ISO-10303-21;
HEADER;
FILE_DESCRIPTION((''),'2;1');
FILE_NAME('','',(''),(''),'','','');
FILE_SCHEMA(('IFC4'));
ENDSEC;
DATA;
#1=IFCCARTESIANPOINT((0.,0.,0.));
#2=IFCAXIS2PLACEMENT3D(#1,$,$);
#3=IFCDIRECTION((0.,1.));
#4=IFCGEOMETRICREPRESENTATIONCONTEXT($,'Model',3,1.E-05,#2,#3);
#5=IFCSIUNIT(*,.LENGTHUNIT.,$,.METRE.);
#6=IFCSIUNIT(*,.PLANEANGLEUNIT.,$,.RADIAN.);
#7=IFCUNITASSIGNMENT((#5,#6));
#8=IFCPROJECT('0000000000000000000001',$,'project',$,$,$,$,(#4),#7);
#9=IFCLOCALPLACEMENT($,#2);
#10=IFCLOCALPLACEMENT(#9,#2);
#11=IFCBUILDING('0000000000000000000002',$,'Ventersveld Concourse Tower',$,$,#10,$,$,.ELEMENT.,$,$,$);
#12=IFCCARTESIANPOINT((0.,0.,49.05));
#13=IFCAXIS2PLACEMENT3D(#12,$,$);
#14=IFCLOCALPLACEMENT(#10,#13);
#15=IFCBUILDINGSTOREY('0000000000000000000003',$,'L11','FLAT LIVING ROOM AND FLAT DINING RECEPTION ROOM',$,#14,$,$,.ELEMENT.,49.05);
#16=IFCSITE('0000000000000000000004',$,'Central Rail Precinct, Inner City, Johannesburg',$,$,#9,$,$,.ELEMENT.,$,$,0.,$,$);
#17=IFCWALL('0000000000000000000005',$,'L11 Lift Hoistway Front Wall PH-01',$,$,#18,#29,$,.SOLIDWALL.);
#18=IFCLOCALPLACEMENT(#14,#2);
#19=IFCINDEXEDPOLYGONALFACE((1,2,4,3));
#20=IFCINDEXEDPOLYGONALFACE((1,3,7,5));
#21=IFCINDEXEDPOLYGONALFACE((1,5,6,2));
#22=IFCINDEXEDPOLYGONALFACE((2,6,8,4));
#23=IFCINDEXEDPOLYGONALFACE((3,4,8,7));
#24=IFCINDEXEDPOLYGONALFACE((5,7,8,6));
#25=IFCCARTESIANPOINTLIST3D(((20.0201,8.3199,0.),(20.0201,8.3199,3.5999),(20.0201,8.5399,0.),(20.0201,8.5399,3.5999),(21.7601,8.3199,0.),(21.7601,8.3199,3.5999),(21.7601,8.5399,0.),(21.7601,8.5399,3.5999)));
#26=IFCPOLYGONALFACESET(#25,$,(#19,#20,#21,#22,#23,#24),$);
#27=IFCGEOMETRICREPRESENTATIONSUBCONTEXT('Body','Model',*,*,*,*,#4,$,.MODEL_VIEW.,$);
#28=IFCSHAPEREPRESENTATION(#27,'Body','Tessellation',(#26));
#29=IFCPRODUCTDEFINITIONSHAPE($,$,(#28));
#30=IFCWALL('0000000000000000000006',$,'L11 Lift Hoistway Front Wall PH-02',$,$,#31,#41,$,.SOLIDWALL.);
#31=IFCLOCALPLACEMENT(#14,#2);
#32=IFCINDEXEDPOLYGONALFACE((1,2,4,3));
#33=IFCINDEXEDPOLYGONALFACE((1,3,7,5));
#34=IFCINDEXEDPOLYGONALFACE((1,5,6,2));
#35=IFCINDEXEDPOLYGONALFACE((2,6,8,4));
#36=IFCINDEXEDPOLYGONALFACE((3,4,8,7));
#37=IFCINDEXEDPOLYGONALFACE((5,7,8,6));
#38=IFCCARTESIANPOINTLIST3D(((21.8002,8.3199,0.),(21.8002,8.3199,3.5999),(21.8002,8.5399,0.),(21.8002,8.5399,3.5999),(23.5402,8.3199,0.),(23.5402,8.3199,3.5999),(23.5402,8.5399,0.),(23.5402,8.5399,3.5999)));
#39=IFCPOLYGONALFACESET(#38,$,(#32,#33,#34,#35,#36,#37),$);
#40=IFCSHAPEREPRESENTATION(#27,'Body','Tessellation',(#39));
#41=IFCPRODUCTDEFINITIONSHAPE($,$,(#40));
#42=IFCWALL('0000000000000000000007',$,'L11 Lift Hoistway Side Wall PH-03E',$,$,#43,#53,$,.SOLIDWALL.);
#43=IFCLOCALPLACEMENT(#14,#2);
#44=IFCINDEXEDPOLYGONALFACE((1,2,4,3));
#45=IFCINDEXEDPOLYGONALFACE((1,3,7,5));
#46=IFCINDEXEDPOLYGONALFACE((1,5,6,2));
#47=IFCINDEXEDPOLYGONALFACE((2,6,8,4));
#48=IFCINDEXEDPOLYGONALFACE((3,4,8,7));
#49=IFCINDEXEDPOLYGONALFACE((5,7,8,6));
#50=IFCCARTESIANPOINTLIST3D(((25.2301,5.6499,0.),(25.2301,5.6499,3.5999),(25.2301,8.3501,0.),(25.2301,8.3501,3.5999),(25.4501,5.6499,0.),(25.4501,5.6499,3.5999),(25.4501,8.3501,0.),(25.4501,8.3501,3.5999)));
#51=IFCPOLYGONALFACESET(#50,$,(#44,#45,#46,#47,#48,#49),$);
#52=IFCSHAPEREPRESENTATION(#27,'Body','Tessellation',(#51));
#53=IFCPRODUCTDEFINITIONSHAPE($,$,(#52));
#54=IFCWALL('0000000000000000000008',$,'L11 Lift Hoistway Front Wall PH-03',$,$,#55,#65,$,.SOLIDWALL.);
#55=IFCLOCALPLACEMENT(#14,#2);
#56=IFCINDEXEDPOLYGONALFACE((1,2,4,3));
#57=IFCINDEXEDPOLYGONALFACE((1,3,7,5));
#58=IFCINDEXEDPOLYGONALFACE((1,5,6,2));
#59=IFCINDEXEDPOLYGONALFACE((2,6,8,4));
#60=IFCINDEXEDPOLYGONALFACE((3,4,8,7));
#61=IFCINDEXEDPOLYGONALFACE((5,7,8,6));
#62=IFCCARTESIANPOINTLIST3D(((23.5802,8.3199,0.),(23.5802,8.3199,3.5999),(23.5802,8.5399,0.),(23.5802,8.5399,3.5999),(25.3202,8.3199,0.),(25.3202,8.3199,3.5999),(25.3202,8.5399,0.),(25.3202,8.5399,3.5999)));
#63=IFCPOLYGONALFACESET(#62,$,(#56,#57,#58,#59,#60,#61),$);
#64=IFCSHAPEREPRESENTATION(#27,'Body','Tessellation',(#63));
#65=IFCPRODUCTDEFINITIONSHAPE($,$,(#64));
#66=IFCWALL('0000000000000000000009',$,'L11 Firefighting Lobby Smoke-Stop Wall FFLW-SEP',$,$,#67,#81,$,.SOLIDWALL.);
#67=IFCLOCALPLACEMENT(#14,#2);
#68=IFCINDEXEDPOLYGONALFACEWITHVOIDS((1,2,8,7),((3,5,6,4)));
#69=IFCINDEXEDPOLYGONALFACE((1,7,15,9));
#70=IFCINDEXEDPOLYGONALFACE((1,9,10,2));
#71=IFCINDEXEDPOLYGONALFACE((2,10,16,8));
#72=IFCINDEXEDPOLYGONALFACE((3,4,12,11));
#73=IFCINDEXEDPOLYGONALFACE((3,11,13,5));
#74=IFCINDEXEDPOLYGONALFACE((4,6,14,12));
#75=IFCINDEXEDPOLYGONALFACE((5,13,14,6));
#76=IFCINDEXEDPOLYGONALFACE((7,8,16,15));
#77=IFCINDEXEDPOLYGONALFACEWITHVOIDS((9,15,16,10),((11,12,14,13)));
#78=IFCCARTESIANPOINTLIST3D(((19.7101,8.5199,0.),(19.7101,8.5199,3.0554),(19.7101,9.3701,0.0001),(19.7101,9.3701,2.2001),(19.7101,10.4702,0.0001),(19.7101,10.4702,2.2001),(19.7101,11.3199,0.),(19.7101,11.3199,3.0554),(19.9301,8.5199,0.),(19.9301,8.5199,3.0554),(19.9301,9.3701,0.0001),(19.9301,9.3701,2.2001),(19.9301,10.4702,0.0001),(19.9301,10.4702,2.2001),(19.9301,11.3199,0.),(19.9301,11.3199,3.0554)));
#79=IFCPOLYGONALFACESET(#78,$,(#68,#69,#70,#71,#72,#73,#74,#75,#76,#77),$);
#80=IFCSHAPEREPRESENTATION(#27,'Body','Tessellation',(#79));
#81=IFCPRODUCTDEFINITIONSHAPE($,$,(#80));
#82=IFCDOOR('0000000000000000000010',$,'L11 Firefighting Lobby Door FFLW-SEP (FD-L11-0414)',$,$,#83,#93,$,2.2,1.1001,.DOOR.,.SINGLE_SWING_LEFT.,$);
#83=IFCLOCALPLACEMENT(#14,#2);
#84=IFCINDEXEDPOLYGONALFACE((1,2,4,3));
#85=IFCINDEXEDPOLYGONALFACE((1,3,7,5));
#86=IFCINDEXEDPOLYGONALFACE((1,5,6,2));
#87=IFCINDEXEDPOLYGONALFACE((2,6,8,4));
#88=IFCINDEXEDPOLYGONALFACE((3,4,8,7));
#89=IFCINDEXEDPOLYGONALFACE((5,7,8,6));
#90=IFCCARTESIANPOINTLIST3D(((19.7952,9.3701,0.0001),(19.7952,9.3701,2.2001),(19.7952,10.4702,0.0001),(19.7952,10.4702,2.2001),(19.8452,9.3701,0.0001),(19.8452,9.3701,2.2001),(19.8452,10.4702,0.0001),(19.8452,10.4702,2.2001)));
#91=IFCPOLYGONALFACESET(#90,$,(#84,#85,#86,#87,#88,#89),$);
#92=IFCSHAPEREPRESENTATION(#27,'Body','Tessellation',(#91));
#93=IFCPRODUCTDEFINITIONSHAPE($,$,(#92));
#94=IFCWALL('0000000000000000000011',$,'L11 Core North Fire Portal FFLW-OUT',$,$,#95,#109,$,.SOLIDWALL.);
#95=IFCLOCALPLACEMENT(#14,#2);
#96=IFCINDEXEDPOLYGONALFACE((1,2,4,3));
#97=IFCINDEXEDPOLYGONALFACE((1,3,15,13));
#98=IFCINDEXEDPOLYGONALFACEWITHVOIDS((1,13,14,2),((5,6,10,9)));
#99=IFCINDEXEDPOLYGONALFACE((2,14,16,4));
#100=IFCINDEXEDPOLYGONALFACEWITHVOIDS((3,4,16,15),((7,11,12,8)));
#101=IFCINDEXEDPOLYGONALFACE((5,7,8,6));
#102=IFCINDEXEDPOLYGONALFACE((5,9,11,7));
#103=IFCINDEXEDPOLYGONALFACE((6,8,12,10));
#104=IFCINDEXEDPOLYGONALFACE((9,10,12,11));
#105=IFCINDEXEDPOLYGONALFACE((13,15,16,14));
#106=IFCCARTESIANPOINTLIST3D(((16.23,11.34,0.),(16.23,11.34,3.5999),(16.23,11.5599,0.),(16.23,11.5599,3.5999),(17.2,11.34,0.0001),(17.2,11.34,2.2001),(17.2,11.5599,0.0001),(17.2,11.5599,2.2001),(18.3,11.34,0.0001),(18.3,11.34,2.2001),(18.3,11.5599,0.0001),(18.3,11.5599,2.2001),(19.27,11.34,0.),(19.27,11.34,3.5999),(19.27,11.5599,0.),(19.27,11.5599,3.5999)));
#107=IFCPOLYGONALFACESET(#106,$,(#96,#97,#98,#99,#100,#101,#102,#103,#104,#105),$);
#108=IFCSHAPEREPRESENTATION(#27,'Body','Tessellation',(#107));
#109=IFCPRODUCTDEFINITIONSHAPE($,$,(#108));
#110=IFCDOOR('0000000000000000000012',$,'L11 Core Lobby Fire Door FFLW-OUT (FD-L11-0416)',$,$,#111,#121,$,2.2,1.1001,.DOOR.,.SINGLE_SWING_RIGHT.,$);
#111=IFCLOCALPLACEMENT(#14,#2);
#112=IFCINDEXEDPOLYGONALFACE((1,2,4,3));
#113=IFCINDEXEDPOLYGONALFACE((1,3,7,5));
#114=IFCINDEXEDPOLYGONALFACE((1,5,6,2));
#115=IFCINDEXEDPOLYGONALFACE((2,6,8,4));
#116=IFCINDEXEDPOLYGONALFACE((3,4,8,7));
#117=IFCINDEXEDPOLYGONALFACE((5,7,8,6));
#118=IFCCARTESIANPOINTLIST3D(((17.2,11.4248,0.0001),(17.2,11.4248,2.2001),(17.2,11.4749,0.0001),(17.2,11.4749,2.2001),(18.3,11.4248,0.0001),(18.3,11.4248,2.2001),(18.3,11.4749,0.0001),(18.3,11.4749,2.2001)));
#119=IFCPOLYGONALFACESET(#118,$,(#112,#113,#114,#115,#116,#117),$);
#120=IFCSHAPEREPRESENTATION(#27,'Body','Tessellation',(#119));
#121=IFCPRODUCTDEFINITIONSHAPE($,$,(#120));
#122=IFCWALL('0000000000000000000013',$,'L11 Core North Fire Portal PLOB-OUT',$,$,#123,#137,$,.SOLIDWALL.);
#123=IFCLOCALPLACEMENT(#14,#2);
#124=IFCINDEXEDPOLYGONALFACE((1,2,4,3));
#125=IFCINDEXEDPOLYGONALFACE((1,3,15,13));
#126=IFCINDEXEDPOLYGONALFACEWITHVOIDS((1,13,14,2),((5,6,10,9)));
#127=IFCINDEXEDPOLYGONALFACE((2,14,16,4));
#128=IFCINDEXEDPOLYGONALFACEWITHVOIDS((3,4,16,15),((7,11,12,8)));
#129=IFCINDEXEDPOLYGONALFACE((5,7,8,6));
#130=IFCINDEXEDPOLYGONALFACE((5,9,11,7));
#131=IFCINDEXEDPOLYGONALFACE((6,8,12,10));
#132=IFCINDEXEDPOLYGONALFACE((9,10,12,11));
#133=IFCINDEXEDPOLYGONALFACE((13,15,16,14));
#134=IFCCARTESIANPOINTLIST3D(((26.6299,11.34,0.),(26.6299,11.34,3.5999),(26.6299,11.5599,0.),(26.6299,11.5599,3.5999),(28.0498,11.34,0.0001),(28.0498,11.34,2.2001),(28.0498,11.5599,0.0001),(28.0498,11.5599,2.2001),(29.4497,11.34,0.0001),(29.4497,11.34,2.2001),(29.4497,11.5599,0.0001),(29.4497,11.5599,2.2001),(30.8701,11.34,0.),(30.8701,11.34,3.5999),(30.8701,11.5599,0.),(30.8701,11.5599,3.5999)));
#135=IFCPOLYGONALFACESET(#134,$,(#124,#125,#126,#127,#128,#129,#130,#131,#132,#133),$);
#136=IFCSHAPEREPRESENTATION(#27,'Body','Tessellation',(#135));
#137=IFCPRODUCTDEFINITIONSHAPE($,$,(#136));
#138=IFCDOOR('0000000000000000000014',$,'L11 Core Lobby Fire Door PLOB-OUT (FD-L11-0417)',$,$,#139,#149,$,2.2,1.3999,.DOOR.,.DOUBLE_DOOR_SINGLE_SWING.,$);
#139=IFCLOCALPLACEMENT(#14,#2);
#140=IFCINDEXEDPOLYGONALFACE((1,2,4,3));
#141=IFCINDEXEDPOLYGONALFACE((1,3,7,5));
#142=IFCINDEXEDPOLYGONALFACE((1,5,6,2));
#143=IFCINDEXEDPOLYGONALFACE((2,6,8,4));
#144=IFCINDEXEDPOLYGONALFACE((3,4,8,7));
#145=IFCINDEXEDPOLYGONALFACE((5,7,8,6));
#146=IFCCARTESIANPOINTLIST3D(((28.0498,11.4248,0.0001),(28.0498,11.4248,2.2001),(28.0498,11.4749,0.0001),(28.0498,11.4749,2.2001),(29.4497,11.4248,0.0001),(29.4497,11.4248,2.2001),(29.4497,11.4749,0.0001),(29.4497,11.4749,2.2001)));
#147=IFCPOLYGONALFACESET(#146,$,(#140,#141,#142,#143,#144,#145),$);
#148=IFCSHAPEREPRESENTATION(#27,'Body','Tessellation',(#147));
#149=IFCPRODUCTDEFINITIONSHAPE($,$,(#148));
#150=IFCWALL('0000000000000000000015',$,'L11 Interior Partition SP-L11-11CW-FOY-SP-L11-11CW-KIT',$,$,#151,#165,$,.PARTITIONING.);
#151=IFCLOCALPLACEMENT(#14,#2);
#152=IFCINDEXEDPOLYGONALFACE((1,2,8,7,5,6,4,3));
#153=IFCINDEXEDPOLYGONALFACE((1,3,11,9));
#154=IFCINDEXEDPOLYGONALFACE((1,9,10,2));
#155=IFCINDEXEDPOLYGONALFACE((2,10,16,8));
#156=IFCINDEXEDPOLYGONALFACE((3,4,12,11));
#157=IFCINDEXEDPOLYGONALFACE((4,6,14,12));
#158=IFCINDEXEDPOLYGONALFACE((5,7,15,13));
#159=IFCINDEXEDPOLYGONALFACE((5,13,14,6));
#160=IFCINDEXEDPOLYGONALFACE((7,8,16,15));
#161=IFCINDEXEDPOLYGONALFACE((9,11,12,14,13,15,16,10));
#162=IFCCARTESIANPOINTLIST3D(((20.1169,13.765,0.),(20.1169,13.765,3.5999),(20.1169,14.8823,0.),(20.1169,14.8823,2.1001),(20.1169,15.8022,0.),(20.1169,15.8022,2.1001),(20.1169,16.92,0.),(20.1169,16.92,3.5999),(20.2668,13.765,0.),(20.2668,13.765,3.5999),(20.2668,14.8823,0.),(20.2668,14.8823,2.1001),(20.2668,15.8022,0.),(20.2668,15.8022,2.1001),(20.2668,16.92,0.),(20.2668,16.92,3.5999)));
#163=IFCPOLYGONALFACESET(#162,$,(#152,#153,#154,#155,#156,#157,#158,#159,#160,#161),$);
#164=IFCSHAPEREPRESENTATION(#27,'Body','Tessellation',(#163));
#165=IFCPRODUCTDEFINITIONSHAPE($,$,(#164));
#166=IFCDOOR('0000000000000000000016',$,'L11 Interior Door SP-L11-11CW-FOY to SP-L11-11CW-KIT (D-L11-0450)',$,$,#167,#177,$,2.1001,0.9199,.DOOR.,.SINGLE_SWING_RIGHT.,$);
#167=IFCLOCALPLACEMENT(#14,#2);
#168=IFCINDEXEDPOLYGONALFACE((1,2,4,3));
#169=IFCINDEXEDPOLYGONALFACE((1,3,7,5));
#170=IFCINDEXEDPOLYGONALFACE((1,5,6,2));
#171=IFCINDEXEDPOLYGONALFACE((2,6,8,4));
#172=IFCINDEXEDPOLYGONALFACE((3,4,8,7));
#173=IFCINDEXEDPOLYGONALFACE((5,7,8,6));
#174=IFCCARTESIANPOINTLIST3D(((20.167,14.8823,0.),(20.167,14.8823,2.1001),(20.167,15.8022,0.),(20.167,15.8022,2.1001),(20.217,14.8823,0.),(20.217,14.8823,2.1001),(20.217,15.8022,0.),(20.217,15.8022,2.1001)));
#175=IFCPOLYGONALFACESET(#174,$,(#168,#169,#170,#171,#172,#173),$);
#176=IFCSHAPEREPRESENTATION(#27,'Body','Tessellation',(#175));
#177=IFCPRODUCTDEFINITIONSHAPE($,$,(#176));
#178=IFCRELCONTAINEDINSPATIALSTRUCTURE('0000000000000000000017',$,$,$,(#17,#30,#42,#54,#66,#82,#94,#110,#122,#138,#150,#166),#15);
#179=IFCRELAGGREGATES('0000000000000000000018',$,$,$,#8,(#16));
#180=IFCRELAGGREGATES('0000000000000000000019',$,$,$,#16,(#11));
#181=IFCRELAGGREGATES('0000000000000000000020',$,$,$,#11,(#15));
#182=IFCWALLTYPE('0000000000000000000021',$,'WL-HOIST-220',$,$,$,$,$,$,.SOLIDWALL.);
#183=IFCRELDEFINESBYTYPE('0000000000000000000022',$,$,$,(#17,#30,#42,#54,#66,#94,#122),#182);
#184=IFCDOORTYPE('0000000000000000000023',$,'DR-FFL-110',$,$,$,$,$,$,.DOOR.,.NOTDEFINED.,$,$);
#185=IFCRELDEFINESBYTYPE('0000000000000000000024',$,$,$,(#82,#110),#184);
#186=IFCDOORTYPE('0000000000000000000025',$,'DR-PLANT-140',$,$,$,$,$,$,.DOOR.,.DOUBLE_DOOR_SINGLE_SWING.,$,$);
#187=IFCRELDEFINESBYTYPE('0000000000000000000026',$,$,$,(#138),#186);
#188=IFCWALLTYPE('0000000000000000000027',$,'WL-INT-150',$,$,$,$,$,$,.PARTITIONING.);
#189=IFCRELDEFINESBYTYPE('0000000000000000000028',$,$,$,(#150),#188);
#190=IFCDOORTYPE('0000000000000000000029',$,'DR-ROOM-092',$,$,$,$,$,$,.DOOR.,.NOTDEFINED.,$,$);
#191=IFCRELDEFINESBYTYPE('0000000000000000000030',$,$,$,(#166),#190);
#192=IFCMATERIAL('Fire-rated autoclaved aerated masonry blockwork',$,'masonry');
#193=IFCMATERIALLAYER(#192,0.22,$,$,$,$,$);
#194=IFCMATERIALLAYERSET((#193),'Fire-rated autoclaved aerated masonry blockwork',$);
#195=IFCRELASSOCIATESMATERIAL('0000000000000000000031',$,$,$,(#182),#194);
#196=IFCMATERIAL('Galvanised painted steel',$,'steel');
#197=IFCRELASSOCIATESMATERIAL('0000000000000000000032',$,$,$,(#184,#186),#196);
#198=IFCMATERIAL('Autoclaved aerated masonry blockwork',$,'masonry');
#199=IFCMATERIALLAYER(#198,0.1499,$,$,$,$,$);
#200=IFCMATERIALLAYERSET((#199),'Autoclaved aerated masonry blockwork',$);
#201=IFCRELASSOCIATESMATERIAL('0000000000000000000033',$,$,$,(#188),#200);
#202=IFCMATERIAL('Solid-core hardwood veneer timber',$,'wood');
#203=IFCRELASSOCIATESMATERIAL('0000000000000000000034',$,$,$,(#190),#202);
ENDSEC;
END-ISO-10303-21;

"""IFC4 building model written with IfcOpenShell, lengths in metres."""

from ifc_helpers import new_model, si_unit, direction, frame, frame_2d, origin, place, context, subcontext, project, spatial, rectangle, extrude, material, layer, layer_set, type_object, element, fill, save


model = new_model("IFC4")

# Units and contexts
model_context = context("Model", 3, precision=1e-05, world=origin(), true_north=direction((0.0, 1.0)))
body_context = subcontext(model_context, "Body", "Model", "MODEL_VIEW")
ifc_project = project(units=[si_unit("LENGTHUNIT", "METRE"), si_unit("PLANEANGLEUNIT", "RADIAN")], contexts=[model_context])

# Site, building, storey
site_placement = place(None, origin())
site = spatial("IfcSite", under=ifc_project, at=site_placement, Name="Central Rail Precinct, Inner City, Johannesburg", CompositionType="ELEMENT", RefElevation=0.0)
building_placement = place(site_placement, origin())
building = spatial("IfcBuilding", under=site, at=building_placement, Name="Ventersveld Concourse Tower", CompositionType="ELEMENT")
storey_placement = place(building_placement, frame((0.0, 0.0, 49.05)))
storey = spatial("IfcBuildingStorey", under=building, at=storey_placement, Name="L11", Description="FLAT LIVING ROOM AND FLAT DINING RECEPTION ROOM", CompositionType="ELEMENT", Elevation=49.05)

# Shared definitions
ifc_material_1 = material(Name="Fire-rated autoclaved aerated masonry blockwork", Category="masonry")

# Shared definitions
ifc_material_2 = material(Name="Solid-core hardwood veneer timber", Category="wood")

# Shared definitions
ifc_layer_1 = layer(ifc_material_1, 0.22)
ifc_layer_set_1 = layer_set([ifc_layer_1], Name="Fire-rated autoclaved aerated masonry blockwork")
wall_type_1 = type_object("IfcWallType", Name="WL-HOIST-220", PredefinedType="SOLIDWALL", material=ifc_layer_set_1)

# Walls
for number, where, z_axis, x_axis, name in (
    (1, (20.02, 8.4299, 0.0), (0.0, 0.0, 1.0), (1.0, 0.0, 0.0), "L11 Lift Hoistway Front Wall PH-01"),
    (2, (21.8, 8.4299, 0.0), (0.0, 0.0, 1.0), (1.0, 0.0, 0.0), "L11 Lift Hoistway Front Wall PH-02"),
):
    element("IfcWall", number, at=place(storey_placement, frame(where, z_axis=z_axis, x_axis=x_axis)), inside=storey, type_object=wall_type_1, Name=name, PredefinedType="SOLIDWALL", context=body_context, shape_type="SweptSolid", body=[
        extrude(rectangle(XDim=1.74, YDim=0.22, at=frame_2d((0.8701, 0.0))), origin(), (0.0, 0.0, 1.0), 3.5999),
    ])
wall_1_placement = place(storey_placement, frame((25.3401, 5.6499, 0.0), z_axis=(0.0, 0.0, 1.0), x_axis=(0.0, 1.0, 0.0)))
element("IfcWall", 3, at=wall_1_placement, inside=storey, type_object=wall_type_1, Name="L11 Lift Hoistway Side Wall PH-03E", PredefinedType="SOLIDWALL", context=body_context, shape_type="SweptSolid", body=[
    extrude(rectangle(XDim=2.7002, YDim=0.22, at=frame_2d((1.3501, 0.0))), origin(), (0.0, 0.0, 1.0), 3.5999),
])
wall_2_placement = place(storey_placement, frame((23.5801, 8.4299, 0.0), z_axis=(0.0, 0.0, 1.0), x_axis=(1.0, 0.0, 0.0)))
element("IfcWall", 4, at=wall_2_placement, inside=storey, type_object=wall_type_1, Name="L11 Lift Hoistway Front Wall PH-03", PredefinedType="SOLIDWALL", context=body_context, shape_type="SweptSolid", body=[
    extrude(rectangle(XDim=1.74, YDim=0.22, at=frame_2d((0.8701, 0.0))), origin(), (0.0, 0.0, 1.0), 3.5999),
])

# Walls, openings, doors
wall_3_placement = place(storey_placement, frame((19.8201, 8.52, 0.0), z_axis=(0.0, 0.0, 1.0), x_axis=(0.0, 1.0, 0.0)))
wall_3 = element("IfcWall", 5, at=wall_3_placement, inside=storey, type_object=wall_type_1, Name="L11 Firefighting Lobby Smoke-Stop Wall FFLW-SEP", PredefinedType="SOLIDWALL", context=body_context, shape_type="SweptSolid", body=[
    extrude(rectangle(XDim=2.8, YDim=0.22, at=frame_2d((1.3999, 0.0))), origin(), (0.0, 0.0, 1.0), 3.0554),
])
opening_1_placement = place(wall_3_placement, frame((0.8501, 0.0, 0.0)))
opening_1 = element("IfcOpeningElement", 6, at=opening_1_placement, cuts=wall_3, PredefinedType="OPENING", context=body_context, shape_type="SweptSolid", body=[
    extrude(rectangle(XDim=1.1001, YDim=2.2, at=frame_2d((0.55, 1.1001))), frame((0.0, 0.1201, 0.0), z_axis=(0.0, -1.0, 0.0), x_axis=(1.0, 0.0, 0.0)), (0.0, 0.0, 1.0), 0.24),
])
ifc_material_3 = material(Name="Galvanised painted steel", Category="steel")
door_type_1 = type_object("IfcDoorType", Name="DR-FFL-110", OperationType="NOTDEFINED", PredefinedType="DOOR", material=ifc_material_3)
door_1_placement = place(opening_1_placement, origin())
door_1 = element("IfcDoor", 7, at=door_1_placement, inside=storey, type_object=door_type_1, Name="L11 Firefighting Lobby Door FFLW-SEP (FD-L11-0414)", OperationType="SINGLE_SWING_LEFT", OverallHeight=2.2, OverallWidth=1.1001, PredefinedType="DOOR", context=body_context, shape_type="SweptSolid", body=[
    extrude(rectangle(XDim=1.1001, YDim=2.2, at=frame_2d((0.55, 1.1001))), frame((0.0, 0.0249, 0.0), z_axis=(0.0, -1.0, 0.0), x_axis=(1.0, 0.0, 0.0)), (0.0, 0.0, 1.0), 0.05),
])
fill(opening_1, door_1)
wall_4_placement = place(storey_placement, frame((16.23, 11.45, 0.0), z_axis=(0.0, 0.0, 1.0), x_axis=(1.0, 0.0, 0.0)))
wall_4 = element("IfcWall", 8, at=wall_4_placement, inside=storey, type_object=wall_type_1, Name="L11 Core North Fire Portal FFLW-OUT", PredefinedType="SOLIDWALL", context=body_context, shape_type="SweptSolid", body=[
    extrude(rectangle(XDim=3.04, YDim=0.22, at=frame_2d((1.52, 0.0))), origin(), (0.0, 0.0, 1.0), 3.5999),
])
opening_2_placement = place(wall_4_placement, frame((0.97, 0.0, 0.0)))
opening_2 = element("IfcOpeningElement", 9, at=opening_2_placement, cuts=wall_4, PredefinedType="OPENING", context=body_context, shape_type="SweptSolid", body=[
    extrude(rectangle(XDim=1.1001, YDim=2.2, at=frame_2d((0.55, 1.1001))), frame((0.0, 0.1201, 0.0), z_axis=(0.0, -1.0, 0.0), x_axis=(1.0, 0.0, 0.0)), (0.0, 0.0, 1.0), 0.24),
])
door_2_placement = place(opening_2_placement, origin())
door_2 = element("IfcDoor", 10, at=door_2_placement, inside=storey, type_object=door_type_1, Name="L11 Core Lobby Fire Door FFLW-OUT (FD-L11-0416)", OperationType="SINGLE_SWING_RIGHT", OverallHeight=2.2, OverallWidth=1.1001, PredefinedType="DOOR", context=body_context, shape_type="SweptSolid", body=[
    extrude(rectangle(XDim=1.1001, YDim=2.2, at=frame_2d((0.55, 1.1001))), frame((0.0, 0.0249, 0.0), z_axis=(0.0, -1.0, 0.0), x_axis=(1.0, 0.0, 0.0)), (0.0, 0.0, 1.0), 0.05),
])
fill(opening_2, door_2)
wall_5_placement = place(storey_placement, frame((26.6299, 11.45, 0.0), z_axis=(0.0, 0.0, 1.0), x_axis=(1.0, 0.0, 0.0)))
wall_5 = element("IfcWall", 11, at=wall_5_placement, inside=storey, type_object=wall_type_1, Name="L11 Core North Fire Portal PLOB-OUT", PredefinedType="SOLIDWALL", context=body_context, shape_type="SweptSolid", body=[
    extrude(rectangle(XDim=4.2402, YDim=0.22, at=frame_2d((2.1201, 0.0))), origin(), (0.0, 0.0, 1.0), 3.5999),
])
opening_3_placement = place(wall_5_placement, frame((1.4199, 0.0, 0.0)))
opening_3 = element("IfcOpeningElement", 12, at=opening_3_placement, cuts=wall_5, PredefinedType="OPENING", context=body_context, shape_type="SweptSolid", body=[
    extrude(rectangle(XDim=1.3999, YDim=2.2, at=frame_2d((0.7, 1.1001))), frame((0.0, 0.1201, 0.0), z_axis=(0.0, -1.0, 0.0), x_axis=(1.0, 0.0, 0.0)), (0.0, 0.0, 1.0), 0.24),
])
door_type_2 = type_object("IfcDoorType", Name="DR-PLANT-140", OperationType="DOUBLE_DOOR_SINGLE_SWING", PredefinedType="DOOR", material=ifc_material_3)
door_3_placement = place(opening_3_placement, origin())
door_3 = element("IfcDoor", 13, at=door_3_placement, inside=storey, type_object=door_type_2, Name="L11 Core Lobby Fire Door PLOB-OUT (FD-L11-0417)", OperationType="DOUBLE_DOOR_SINGLE_SWING", OverallHeight=2.2, OverallWidth=1.3999, PredefinedType="DOOR", context=body_context, shape_type="SweptSolid", body=[
    extrude(rectangle(XDim=1.3999, YDim=2.2, at=frame_2d((0.7, 1.1001))), frame((0.0, 0.0249, 0.0), z_axis=(0.0, -1.0, 0.0), x_axis=(1.0, 0.0, 0.0)), (0.0, 0.0, 1.0), 0.05),
])
fill(opening_3, door_3)
ifc_material_4 = material(Name="Autoclaved aerated masonry blockwork", Category="masonry")
ifc_layer_2 = layer(ifc_material_4, 0.1499)
ifc_layer_set_2 = layer_set([ifc_layer_2], Name="Autoclaved aerated masonry blockwork")
wall_type_2 = type_object("IfcWallType", Name="WL-INT-150", PredefinedType="PARTITIONING", material=ifc_layer_set_2)
wall_6_placement = place(storey_placement, frame((20.1919, 13.7649, 0.0), z_axis=(0.0, 0.0, 1.0), x_axis=(0.0, 1.0, 0.0)))
wall_6 = element("IfcWall", 14, at=wall_6_placement, inside=storey, type_object=wall_type_2, Name="L11 Interior Partition SP-L11-11CW-FOY-SP-L11-11CW-KIT", PredefinedType="PARTITIONING", context=body_context, shape_type="SweptSolid", body=[
    extrude(rectangle(XDim=3.155, YDim=0.1499, at=frame_2d((1.5776, 0.0))), origin(), (0.0, 0.0, 1.0), 3.5999),
])
opening_4_placement = place(wall_6_placement, frame((1.1174, 0.0, 0.0)))
opening_4 = element("IfcOpeningElement", 15, at=opening_4_placement, cuts=wall_6, PredefinedType="OPENING", context=body_context, shape_type="SweptSolid", body=[
    extrude(rectangle(XDim=0.9199, YDim=2.1001, at=frame_2d((0.46, 1.05))), frame((0.0, 0.085, 0.0), z_axis=(0.0, -1.0, 0.0), x_axis=(1.0, 0.0, 0.0)), (0.0, 0.0, 1.0), 0.1699),
])
door_type_3 = type_object("IfcDoorType", Name="DR-ROOM-092", OperationType="NOTDEFINED", PredefinedType="DOOR", material=ifc_material_2)
door_4_placement = place(opening_4_placement, origin())
door_4 = element("IfcDoor", 16, at=door_4_placement, inside=storey, type_object=door_type_3, Name="L11 Interior Door SP-L11-11CW-FOY to SP-L11-11CW-KIT (D-L11-0450)", OperationType="SINGLE_SWING_RIGHT", OverallHeight=2.1001, OverallWidth=0.9199, PredefinedType="DOOR", context=body_context, shape_type="SweptSolid", body=[
    extrude(rectangle(XDim=0.9199, YDim=2.1001, at=frame_2d((0.46, 1.05))), frame((0.0, 0.0249, 0.0), z_axis=(0.0, -1.0, 0.0), x_axis=(1.0, 0.0, 0.0)), (0.0, 0.0, 1.0), 0.05),
])
fill(opening_4, door_4)

save(model, "model.ifc")
